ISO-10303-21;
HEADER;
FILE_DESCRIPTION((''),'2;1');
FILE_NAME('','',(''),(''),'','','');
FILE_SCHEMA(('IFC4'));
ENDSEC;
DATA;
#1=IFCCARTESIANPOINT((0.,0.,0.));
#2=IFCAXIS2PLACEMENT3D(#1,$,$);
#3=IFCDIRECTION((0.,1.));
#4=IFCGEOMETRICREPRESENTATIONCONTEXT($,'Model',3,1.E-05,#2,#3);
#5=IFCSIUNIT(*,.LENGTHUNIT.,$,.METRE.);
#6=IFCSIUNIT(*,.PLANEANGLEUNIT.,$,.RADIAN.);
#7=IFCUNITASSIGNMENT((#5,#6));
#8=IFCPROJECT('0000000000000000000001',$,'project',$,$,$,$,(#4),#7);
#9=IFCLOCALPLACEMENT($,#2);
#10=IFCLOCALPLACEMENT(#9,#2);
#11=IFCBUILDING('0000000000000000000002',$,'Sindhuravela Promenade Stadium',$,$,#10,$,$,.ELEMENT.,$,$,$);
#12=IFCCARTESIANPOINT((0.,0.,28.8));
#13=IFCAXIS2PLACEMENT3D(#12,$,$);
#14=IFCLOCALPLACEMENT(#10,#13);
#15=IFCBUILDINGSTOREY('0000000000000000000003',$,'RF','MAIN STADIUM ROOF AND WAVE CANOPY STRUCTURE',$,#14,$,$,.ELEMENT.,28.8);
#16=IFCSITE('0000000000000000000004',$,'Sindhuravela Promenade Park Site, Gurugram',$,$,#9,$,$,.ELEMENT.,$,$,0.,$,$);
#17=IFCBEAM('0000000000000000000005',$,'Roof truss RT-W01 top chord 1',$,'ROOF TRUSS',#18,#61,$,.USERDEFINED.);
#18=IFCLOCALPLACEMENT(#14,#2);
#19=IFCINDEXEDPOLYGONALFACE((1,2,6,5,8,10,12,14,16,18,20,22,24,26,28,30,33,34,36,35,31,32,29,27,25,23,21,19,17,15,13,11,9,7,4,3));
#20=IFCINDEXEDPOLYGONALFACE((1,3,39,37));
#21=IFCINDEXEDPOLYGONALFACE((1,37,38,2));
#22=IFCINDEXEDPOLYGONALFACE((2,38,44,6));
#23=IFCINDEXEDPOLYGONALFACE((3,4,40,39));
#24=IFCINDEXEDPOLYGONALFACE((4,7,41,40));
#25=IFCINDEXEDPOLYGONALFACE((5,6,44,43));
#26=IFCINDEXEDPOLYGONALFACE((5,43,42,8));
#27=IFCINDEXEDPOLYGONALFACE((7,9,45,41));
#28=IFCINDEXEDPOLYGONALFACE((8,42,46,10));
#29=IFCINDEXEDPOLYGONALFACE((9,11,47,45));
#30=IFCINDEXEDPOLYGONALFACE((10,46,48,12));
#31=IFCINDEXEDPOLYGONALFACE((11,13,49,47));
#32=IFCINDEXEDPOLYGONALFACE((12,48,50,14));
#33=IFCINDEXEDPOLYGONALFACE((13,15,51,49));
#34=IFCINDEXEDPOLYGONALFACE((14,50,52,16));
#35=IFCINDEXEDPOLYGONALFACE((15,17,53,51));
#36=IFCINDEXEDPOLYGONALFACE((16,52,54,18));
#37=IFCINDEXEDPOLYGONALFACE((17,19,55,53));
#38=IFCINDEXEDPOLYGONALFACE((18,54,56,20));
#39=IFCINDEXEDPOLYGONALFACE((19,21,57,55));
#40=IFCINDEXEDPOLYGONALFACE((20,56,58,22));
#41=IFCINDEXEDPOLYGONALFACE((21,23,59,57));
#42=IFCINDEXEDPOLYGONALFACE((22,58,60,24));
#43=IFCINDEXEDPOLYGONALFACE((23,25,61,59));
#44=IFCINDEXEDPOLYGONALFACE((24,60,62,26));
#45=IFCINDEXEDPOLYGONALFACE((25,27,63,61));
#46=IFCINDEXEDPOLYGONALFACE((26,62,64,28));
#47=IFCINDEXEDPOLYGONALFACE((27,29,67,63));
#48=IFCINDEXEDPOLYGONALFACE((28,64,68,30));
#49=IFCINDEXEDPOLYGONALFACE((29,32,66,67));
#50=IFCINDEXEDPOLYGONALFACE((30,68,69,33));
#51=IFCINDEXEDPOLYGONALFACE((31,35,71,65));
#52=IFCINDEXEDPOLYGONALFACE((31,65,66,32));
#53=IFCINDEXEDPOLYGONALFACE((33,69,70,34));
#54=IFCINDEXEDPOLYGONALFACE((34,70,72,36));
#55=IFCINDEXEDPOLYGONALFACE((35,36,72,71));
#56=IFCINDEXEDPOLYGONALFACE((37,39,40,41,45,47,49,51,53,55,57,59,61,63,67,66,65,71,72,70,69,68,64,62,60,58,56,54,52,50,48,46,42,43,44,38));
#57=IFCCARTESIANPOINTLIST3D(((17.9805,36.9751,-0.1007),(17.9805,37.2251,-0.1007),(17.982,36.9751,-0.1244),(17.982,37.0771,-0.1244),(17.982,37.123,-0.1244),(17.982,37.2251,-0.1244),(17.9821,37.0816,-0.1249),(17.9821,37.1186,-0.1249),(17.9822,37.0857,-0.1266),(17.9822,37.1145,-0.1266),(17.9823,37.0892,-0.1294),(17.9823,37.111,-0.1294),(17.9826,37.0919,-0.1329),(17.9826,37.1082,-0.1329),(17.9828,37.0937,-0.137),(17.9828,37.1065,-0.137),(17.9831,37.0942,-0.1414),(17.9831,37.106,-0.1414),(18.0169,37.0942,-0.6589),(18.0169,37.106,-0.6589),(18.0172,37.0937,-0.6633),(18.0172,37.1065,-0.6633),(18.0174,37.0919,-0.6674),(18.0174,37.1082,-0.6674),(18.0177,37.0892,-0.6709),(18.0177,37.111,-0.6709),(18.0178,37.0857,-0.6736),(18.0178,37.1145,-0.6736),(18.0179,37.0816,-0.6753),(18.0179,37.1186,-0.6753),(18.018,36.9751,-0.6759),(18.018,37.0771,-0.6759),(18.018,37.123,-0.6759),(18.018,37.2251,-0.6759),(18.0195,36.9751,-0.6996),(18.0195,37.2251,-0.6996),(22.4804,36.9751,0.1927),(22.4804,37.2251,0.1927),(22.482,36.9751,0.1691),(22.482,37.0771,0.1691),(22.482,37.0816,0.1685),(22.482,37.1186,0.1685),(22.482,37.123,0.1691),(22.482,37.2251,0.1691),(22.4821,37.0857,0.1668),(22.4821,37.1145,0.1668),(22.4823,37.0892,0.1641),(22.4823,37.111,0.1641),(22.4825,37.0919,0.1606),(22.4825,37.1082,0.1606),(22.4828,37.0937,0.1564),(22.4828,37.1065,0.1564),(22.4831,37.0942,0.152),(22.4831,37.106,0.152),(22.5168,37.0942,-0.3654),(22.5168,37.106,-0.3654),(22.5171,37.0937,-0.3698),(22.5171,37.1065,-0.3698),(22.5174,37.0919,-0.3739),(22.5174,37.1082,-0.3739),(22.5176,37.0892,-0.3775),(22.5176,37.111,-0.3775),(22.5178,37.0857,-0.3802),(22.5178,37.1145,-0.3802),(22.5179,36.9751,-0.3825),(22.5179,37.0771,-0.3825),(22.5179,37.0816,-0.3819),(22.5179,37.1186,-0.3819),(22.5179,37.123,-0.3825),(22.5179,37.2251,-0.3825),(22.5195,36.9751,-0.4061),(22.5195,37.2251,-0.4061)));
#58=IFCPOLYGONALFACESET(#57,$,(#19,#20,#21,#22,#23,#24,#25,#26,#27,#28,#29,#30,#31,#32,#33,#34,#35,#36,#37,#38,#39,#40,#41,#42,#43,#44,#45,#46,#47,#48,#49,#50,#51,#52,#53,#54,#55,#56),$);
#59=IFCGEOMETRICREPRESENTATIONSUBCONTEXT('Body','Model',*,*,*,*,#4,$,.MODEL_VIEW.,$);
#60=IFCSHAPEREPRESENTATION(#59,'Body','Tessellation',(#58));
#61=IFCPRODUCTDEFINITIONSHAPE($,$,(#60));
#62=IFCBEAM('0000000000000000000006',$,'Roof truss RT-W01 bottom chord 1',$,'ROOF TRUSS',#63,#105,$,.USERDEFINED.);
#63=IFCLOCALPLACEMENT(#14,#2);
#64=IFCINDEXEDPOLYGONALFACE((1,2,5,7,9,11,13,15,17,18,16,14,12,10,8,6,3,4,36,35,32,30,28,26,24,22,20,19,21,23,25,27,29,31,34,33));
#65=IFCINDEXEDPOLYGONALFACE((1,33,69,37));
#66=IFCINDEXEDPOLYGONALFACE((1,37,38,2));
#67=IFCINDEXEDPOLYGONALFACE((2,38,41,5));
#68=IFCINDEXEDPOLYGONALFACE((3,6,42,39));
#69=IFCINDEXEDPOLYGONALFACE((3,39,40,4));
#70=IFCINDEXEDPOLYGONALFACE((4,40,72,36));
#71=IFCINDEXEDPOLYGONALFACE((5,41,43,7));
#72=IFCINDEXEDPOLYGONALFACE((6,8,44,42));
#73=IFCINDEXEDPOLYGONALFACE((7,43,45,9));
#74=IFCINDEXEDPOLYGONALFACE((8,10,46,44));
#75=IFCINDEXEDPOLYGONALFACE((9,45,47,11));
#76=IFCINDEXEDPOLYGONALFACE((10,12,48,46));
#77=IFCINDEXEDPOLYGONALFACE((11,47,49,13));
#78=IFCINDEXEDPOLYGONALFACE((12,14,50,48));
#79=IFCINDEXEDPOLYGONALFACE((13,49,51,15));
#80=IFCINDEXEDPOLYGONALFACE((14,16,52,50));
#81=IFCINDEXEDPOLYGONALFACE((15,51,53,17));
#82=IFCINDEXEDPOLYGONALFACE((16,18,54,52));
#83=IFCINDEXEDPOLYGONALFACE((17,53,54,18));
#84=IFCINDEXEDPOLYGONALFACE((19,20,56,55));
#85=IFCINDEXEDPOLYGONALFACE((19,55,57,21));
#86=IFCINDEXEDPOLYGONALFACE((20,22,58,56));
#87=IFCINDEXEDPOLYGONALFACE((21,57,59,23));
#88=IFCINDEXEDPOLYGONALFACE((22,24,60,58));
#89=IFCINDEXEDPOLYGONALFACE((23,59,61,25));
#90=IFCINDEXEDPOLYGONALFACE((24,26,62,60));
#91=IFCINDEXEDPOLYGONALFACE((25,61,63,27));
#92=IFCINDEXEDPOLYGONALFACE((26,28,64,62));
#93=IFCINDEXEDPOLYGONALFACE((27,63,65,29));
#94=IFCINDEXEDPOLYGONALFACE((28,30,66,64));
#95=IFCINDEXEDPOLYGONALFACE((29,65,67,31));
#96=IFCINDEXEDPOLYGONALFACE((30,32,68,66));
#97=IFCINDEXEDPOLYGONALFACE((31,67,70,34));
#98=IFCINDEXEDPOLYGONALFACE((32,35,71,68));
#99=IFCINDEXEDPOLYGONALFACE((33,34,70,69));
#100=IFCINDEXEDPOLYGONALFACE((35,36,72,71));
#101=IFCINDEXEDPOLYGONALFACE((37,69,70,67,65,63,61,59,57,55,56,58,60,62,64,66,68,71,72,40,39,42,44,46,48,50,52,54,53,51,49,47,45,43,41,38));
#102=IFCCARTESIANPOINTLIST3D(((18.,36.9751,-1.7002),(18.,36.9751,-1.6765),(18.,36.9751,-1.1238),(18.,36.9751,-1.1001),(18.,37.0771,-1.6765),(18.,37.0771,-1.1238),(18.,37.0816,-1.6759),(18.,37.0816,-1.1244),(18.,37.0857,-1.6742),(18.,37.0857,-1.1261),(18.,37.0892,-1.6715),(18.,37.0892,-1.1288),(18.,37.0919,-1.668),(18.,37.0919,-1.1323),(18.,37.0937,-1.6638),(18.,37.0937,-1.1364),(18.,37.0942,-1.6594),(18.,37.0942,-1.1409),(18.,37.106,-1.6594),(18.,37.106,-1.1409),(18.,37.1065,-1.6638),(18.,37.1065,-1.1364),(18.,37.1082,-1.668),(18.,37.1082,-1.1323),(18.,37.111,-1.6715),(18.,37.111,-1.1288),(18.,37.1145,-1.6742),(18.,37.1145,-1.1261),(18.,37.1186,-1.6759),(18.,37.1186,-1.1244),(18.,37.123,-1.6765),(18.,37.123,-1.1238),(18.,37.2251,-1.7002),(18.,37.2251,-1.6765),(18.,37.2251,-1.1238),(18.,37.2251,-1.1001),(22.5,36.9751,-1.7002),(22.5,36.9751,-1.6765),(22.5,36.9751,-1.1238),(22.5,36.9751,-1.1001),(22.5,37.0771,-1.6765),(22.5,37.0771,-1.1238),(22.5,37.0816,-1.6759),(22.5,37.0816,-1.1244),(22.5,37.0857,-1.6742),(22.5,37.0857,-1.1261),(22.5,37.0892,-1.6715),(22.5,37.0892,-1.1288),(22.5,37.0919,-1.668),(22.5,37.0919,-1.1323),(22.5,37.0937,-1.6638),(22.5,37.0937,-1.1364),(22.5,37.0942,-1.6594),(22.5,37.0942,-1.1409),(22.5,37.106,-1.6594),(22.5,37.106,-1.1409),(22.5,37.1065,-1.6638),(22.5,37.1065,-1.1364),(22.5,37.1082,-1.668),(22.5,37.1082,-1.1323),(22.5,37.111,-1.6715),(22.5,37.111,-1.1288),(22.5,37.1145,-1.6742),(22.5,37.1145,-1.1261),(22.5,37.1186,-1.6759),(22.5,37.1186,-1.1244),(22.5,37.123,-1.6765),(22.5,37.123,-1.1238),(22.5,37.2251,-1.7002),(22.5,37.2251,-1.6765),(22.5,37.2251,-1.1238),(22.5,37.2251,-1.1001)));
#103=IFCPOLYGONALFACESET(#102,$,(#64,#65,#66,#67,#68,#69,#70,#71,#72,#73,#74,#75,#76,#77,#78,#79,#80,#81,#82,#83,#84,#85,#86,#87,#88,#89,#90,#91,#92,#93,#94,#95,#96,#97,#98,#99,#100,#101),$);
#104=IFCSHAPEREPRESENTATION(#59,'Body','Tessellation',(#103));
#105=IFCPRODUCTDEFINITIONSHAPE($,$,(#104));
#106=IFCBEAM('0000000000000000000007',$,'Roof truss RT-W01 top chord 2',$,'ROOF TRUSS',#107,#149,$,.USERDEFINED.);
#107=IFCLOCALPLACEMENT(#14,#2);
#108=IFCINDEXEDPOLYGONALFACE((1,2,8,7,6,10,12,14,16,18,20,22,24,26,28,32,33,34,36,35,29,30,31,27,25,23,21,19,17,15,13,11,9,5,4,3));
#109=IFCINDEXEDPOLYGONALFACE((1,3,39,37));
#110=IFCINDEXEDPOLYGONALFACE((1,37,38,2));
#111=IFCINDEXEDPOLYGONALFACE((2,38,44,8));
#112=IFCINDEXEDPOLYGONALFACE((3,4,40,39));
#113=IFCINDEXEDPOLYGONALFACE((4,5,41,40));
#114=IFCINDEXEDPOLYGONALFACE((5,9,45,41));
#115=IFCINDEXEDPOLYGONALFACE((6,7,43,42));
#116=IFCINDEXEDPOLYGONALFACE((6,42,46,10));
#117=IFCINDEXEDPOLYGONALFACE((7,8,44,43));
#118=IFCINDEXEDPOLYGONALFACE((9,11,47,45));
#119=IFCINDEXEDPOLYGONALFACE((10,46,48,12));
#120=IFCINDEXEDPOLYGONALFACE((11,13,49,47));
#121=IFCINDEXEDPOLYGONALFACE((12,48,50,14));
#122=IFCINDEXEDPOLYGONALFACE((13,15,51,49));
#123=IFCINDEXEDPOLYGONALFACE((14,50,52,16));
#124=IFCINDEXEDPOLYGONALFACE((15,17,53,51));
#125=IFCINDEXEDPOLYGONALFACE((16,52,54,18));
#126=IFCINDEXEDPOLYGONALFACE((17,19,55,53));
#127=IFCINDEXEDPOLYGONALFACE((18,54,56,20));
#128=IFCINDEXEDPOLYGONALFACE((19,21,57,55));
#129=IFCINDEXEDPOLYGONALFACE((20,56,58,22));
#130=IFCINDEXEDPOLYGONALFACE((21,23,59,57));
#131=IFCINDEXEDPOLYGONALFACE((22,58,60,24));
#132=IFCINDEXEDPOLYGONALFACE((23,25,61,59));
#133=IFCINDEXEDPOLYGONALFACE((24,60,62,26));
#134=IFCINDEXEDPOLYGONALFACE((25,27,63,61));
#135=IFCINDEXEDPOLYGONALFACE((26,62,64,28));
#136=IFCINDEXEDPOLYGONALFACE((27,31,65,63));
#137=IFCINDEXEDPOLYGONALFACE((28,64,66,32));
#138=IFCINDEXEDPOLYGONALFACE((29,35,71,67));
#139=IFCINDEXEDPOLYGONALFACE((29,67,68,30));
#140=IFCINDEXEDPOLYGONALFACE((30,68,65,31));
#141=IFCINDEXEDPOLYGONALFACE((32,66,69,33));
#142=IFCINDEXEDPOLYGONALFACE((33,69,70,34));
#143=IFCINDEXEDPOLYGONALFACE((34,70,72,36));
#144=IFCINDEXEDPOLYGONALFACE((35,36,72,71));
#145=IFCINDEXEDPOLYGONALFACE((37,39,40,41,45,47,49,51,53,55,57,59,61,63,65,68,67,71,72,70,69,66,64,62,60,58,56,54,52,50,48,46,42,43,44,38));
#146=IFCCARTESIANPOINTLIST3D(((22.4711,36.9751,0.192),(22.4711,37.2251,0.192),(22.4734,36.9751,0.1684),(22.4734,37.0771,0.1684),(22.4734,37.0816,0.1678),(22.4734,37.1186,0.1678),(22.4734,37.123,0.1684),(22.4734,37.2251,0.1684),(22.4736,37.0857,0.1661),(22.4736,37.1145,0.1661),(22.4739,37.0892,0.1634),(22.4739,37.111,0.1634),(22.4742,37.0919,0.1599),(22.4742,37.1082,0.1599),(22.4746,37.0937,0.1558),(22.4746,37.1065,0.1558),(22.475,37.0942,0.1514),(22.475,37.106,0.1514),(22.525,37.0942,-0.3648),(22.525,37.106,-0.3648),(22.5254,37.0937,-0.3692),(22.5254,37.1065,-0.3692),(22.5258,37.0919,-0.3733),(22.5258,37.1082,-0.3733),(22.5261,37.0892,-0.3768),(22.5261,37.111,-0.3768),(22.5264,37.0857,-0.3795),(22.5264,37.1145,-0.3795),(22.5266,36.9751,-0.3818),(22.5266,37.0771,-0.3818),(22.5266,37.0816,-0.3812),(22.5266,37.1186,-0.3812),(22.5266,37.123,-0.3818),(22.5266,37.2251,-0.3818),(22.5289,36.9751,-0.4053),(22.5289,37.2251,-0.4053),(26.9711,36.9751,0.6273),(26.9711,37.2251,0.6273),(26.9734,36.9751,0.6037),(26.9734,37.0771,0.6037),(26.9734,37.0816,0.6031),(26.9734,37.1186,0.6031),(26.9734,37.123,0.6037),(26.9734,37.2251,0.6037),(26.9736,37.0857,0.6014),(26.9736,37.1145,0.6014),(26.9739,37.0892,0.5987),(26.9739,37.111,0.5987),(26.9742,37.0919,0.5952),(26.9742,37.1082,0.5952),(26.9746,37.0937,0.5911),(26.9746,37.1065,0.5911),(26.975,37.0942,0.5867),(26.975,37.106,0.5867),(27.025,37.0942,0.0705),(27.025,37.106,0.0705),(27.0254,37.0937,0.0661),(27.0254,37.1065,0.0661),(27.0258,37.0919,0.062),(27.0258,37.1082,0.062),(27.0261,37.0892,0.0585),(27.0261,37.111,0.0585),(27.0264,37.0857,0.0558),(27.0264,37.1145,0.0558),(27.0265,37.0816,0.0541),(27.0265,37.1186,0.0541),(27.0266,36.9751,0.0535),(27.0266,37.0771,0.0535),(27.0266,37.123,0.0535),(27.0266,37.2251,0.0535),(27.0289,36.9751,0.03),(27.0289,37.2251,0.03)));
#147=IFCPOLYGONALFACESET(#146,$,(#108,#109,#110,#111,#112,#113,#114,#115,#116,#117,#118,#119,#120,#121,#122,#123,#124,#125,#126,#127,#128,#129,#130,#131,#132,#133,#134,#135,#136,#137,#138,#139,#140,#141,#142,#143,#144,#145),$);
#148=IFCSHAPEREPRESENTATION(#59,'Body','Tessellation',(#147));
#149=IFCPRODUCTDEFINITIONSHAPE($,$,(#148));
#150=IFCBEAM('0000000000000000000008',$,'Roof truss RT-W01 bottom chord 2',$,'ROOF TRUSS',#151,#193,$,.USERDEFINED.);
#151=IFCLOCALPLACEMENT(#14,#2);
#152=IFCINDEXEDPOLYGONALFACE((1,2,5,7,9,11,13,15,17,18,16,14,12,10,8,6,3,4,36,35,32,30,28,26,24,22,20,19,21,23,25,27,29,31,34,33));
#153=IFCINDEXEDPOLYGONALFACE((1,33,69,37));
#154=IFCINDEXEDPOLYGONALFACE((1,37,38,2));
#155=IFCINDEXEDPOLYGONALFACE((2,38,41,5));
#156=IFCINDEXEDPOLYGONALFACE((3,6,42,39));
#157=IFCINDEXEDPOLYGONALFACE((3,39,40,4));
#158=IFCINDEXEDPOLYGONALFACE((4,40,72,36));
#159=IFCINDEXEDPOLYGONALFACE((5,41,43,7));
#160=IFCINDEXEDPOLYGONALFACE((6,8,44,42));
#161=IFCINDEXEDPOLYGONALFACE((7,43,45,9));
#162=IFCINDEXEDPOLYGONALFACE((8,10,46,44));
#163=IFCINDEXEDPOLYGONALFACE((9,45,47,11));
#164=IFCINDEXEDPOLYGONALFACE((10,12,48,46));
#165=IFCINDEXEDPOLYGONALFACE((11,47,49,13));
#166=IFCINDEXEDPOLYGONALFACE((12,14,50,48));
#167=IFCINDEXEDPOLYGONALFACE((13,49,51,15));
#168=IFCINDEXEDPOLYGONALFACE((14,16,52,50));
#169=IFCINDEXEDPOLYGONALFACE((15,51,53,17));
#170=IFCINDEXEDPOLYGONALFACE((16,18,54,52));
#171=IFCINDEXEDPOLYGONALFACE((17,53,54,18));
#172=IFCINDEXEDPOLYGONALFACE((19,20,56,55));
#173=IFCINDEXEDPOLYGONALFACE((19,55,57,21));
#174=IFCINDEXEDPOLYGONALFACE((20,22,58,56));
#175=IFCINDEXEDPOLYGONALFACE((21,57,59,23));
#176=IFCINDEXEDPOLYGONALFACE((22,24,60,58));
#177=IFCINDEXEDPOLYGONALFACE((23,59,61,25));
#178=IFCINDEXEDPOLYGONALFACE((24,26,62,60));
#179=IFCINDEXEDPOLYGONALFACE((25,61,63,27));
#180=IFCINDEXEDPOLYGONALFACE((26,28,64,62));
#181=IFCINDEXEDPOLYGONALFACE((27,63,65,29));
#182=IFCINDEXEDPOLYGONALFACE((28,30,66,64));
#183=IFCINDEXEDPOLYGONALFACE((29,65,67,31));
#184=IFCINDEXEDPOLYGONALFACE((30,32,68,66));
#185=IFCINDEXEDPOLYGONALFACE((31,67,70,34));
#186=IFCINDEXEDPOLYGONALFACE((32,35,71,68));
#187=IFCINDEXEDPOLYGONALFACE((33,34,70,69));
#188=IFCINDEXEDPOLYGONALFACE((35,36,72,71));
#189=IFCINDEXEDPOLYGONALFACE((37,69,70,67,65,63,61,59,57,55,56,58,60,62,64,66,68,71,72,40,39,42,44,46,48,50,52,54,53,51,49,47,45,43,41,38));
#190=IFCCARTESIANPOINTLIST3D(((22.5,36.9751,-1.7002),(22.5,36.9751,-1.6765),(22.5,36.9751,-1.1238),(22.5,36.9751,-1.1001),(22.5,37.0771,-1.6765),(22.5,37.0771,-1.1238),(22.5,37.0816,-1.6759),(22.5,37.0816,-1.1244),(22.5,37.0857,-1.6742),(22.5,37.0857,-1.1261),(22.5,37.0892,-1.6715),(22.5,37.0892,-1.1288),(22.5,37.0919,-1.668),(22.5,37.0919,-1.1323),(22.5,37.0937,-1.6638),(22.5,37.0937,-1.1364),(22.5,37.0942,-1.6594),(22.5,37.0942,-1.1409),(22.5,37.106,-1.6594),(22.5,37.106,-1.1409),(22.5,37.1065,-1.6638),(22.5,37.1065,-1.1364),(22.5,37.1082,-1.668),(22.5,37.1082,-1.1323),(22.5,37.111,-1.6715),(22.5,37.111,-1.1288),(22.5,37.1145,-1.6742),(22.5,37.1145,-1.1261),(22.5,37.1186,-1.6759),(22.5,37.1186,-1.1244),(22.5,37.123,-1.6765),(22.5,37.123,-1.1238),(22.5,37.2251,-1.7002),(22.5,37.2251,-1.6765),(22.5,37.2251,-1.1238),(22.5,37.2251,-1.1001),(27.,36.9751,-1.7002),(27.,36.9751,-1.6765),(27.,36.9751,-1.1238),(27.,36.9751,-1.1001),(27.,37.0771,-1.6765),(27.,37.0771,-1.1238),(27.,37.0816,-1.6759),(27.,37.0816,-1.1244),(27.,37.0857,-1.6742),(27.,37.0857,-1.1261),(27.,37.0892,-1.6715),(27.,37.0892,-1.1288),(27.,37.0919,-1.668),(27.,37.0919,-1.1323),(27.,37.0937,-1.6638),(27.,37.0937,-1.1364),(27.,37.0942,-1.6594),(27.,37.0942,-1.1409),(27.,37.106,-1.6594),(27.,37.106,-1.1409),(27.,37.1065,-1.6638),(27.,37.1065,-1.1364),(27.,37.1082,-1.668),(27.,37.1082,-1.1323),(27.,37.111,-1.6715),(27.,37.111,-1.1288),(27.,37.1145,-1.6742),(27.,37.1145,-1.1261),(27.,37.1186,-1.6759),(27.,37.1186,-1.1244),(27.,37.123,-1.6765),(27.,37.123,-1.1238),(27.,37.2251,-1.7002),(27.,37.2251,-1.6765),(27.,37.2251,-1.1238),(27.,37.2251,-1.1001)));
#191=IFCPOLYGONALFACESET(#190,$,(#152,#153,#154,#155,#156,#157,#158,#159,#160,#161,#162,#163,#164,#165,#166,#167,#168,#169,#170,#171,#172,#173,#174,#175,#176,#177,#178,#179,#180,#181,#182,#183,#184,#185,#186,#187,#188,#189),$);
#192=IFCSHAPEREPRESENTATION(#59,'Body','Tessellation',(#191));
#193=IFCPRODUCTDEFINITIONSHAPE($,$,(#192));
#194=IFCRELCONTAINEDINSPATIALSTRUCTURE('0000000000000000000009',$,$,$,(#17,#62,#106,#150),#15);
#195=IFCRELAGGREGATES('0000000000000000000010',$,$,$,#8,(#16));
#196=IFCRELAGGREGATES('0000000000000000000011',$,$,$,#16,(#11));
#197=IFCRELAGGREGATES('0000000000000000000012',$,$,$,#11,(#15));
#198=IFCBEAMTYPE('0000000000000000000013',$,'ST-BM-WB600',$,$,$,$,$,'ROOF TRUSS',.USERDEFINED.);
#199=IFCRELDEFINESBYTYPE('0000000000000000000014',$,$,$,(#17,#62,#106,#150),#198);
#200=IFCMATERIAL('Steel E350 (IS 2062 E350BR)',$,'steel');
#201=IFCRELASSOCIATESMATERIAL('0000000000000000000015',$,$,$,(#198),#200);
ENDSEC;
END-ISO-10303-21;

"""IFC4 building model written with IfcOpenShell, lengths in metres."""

from ifc_helpers import new_model, si_unit, direction, frame, origin, origin_2d, place, context, subcontext, project, spatial, i_section, extrude, material, material_profile, profile_set, type_object, element, save


model = new_model("IFC4")

# Units and contexts
model_context = context("Model", 3, precision=1e-05, world=origin(), true_north=direction((0.0, 1.0)))
body_context = subcontext(model_context, "Body", "Model", "MODEL_VIEW")
ifc_project = project(units=[si_unit("LENGTHUNIT", "METRE"), si_unit("PLANEANGLEUNIT", "RADIAN")], contexts=[model_context])

# Site, building, storey
site_placement = place(None, origin())
site = spatial("IfcSite", under=ifc_project, at=site_placement, Name="Sindhuravela Promenade Park Site, Gurugram", CompositionType="ELEMENT", RefElevation=0.0)
building_placement = place(site_placement, origin())
building = spatial("IfcBuilding", under=site, at=building_placement, Name="Sindhuravela Promenade Stadium", CompositionType="ELEMENT")
storey_placement = place(building_placement, frame((0.0, 0.0, 28.8)))
storey = spatial("IfcBuildingStorey", under=building, at=storey_placement, Name="RF", Description="MAIN STADIUM ROOF AND WAVE CANOPY STRUCTURE", CompositionType="ELEMENT", Elevation=28.8)

# Beams
ifc_material_1 = material(Name="Steel E350 (IS 2062 E350BR)", Category="steel")
ifc_material_profile_1 = material_profile(ifc_material_1, i_section(OverallWidth=0.25, OverallDepth=0.6001, WebThickness=0.0117, FlangeThickness=0.0237, FilletRadius=0.0171, at=origin_2d()), Name="ISWB 600")
ifc_profile_set_1 = profile_set([ifc_material_profile_1], Name="Steel E350 (IS 2062 E350BR)")
beam_type = type_object("IfcBeamType", Name="ST-BM-WB600", ElementType="ROOF TRUSS", PredefinedType="USERDEFINED", material=ifc_profile_set_1)
beam_1_placement = place(storey_placement, frame((18.0, 37.1001, -0.4001), z_axis=(0.99788, 0.0, 0.065074), x_axis=(0.0, 1.0, 0.0)))
element("IfcBeam", 1, at=beam_1_placement, inside=storey, type_object=beam_type, Name="Roof truss RT-W01 top chord 1", ObjectType="ROOF TRUSS", PredefinedType="USERDEFINED", context=body_context, shape_type="SweptSolid", body=[
    extrude(i_section(OverallWidth=0.25, OverallDepth=0.6001, WebThickness=0.0117, FlangeThickness=0.0237, FilletRadius=0.0171, at=origin_2d()), origin(), (0.0, 0.0, 1.0), 4.5095),
])
beam_2_placement = place(storey_placement, frame((18.0, 37.1001, -1.4001), z_axis=(1.0, 0.0, 0.0), x_axis=(0.0, 1.0, 0.0)))
element("IfcBeam", 2, at=beam_2_placement, inside=storey, type_object=beam_type, Name="Roof truss RT-W01 bottom chord 1", ObjectType="ROOF TRUSS", PredefinedType="USERDEFINED", context=body_context, shape_type="SweptSolid", body=[
    extrude(i_section(OverallWidth=0.25, OverallDepth=0.6001, WebThickness=0.0117, FlangeThickness=0.0237, FilletRadius=0.0171, at=origin_2d()), origin(), (0.0, 0.0, 1.0), 4.5),
])
beam_3_placement = place(storey_placement, frame((22.5, 37.1001, -0.1067), z_axis=(0.995354, 0.0, 0.096285), x_axis=(0.0, 1.0, 0.0)))
element("IfcBeam", 3, at=beam_3_placement, inside=storey, type_object=beam_type, Name="Roof truss RT-W01 top chord 2", ObjectType="ROOF TRUSS", PredefinedType="USERDEFINED", context=body_context, shape_type="SweptSolid", body=[
    extrude(i_section(OverallWidth=0.25, OverallDepth=0.6001, WebThickness=0.0117, FlangeThickness=0.0237, FilletRadius=0.0171, at=origin_2d()), origin(), (0.0, 0.0, 1.0), 4.521),
])
beam_4_placement = place(storey_placement, frame((22.5, 37.1001, -1.4001), z_axis=(1.0, 0.0, 0.0), x_axis=(0.0, 1.0, 0.0)))
element("IfcBeam", 4, at=beam_4_placement, inside=storey, type_object=beam_type, Name="Roof truss RT-W01 bottom chord 2", ObjectType="ROOF TRUSS", PredefinedType="USERDEFINED", context=body_context, shape_type="SweptSolid", body=[
    extrude(i_section(OverallWidth=0.25, OverallDepth=0.6001, WebThickness=0.0117, FlangeThickness=0.0237, FilletRadius=0.0171, at=origin_2d()), origin(), (0.0, 0.0, 1.0), 4.5),
])

save(model, "model.ifc")
